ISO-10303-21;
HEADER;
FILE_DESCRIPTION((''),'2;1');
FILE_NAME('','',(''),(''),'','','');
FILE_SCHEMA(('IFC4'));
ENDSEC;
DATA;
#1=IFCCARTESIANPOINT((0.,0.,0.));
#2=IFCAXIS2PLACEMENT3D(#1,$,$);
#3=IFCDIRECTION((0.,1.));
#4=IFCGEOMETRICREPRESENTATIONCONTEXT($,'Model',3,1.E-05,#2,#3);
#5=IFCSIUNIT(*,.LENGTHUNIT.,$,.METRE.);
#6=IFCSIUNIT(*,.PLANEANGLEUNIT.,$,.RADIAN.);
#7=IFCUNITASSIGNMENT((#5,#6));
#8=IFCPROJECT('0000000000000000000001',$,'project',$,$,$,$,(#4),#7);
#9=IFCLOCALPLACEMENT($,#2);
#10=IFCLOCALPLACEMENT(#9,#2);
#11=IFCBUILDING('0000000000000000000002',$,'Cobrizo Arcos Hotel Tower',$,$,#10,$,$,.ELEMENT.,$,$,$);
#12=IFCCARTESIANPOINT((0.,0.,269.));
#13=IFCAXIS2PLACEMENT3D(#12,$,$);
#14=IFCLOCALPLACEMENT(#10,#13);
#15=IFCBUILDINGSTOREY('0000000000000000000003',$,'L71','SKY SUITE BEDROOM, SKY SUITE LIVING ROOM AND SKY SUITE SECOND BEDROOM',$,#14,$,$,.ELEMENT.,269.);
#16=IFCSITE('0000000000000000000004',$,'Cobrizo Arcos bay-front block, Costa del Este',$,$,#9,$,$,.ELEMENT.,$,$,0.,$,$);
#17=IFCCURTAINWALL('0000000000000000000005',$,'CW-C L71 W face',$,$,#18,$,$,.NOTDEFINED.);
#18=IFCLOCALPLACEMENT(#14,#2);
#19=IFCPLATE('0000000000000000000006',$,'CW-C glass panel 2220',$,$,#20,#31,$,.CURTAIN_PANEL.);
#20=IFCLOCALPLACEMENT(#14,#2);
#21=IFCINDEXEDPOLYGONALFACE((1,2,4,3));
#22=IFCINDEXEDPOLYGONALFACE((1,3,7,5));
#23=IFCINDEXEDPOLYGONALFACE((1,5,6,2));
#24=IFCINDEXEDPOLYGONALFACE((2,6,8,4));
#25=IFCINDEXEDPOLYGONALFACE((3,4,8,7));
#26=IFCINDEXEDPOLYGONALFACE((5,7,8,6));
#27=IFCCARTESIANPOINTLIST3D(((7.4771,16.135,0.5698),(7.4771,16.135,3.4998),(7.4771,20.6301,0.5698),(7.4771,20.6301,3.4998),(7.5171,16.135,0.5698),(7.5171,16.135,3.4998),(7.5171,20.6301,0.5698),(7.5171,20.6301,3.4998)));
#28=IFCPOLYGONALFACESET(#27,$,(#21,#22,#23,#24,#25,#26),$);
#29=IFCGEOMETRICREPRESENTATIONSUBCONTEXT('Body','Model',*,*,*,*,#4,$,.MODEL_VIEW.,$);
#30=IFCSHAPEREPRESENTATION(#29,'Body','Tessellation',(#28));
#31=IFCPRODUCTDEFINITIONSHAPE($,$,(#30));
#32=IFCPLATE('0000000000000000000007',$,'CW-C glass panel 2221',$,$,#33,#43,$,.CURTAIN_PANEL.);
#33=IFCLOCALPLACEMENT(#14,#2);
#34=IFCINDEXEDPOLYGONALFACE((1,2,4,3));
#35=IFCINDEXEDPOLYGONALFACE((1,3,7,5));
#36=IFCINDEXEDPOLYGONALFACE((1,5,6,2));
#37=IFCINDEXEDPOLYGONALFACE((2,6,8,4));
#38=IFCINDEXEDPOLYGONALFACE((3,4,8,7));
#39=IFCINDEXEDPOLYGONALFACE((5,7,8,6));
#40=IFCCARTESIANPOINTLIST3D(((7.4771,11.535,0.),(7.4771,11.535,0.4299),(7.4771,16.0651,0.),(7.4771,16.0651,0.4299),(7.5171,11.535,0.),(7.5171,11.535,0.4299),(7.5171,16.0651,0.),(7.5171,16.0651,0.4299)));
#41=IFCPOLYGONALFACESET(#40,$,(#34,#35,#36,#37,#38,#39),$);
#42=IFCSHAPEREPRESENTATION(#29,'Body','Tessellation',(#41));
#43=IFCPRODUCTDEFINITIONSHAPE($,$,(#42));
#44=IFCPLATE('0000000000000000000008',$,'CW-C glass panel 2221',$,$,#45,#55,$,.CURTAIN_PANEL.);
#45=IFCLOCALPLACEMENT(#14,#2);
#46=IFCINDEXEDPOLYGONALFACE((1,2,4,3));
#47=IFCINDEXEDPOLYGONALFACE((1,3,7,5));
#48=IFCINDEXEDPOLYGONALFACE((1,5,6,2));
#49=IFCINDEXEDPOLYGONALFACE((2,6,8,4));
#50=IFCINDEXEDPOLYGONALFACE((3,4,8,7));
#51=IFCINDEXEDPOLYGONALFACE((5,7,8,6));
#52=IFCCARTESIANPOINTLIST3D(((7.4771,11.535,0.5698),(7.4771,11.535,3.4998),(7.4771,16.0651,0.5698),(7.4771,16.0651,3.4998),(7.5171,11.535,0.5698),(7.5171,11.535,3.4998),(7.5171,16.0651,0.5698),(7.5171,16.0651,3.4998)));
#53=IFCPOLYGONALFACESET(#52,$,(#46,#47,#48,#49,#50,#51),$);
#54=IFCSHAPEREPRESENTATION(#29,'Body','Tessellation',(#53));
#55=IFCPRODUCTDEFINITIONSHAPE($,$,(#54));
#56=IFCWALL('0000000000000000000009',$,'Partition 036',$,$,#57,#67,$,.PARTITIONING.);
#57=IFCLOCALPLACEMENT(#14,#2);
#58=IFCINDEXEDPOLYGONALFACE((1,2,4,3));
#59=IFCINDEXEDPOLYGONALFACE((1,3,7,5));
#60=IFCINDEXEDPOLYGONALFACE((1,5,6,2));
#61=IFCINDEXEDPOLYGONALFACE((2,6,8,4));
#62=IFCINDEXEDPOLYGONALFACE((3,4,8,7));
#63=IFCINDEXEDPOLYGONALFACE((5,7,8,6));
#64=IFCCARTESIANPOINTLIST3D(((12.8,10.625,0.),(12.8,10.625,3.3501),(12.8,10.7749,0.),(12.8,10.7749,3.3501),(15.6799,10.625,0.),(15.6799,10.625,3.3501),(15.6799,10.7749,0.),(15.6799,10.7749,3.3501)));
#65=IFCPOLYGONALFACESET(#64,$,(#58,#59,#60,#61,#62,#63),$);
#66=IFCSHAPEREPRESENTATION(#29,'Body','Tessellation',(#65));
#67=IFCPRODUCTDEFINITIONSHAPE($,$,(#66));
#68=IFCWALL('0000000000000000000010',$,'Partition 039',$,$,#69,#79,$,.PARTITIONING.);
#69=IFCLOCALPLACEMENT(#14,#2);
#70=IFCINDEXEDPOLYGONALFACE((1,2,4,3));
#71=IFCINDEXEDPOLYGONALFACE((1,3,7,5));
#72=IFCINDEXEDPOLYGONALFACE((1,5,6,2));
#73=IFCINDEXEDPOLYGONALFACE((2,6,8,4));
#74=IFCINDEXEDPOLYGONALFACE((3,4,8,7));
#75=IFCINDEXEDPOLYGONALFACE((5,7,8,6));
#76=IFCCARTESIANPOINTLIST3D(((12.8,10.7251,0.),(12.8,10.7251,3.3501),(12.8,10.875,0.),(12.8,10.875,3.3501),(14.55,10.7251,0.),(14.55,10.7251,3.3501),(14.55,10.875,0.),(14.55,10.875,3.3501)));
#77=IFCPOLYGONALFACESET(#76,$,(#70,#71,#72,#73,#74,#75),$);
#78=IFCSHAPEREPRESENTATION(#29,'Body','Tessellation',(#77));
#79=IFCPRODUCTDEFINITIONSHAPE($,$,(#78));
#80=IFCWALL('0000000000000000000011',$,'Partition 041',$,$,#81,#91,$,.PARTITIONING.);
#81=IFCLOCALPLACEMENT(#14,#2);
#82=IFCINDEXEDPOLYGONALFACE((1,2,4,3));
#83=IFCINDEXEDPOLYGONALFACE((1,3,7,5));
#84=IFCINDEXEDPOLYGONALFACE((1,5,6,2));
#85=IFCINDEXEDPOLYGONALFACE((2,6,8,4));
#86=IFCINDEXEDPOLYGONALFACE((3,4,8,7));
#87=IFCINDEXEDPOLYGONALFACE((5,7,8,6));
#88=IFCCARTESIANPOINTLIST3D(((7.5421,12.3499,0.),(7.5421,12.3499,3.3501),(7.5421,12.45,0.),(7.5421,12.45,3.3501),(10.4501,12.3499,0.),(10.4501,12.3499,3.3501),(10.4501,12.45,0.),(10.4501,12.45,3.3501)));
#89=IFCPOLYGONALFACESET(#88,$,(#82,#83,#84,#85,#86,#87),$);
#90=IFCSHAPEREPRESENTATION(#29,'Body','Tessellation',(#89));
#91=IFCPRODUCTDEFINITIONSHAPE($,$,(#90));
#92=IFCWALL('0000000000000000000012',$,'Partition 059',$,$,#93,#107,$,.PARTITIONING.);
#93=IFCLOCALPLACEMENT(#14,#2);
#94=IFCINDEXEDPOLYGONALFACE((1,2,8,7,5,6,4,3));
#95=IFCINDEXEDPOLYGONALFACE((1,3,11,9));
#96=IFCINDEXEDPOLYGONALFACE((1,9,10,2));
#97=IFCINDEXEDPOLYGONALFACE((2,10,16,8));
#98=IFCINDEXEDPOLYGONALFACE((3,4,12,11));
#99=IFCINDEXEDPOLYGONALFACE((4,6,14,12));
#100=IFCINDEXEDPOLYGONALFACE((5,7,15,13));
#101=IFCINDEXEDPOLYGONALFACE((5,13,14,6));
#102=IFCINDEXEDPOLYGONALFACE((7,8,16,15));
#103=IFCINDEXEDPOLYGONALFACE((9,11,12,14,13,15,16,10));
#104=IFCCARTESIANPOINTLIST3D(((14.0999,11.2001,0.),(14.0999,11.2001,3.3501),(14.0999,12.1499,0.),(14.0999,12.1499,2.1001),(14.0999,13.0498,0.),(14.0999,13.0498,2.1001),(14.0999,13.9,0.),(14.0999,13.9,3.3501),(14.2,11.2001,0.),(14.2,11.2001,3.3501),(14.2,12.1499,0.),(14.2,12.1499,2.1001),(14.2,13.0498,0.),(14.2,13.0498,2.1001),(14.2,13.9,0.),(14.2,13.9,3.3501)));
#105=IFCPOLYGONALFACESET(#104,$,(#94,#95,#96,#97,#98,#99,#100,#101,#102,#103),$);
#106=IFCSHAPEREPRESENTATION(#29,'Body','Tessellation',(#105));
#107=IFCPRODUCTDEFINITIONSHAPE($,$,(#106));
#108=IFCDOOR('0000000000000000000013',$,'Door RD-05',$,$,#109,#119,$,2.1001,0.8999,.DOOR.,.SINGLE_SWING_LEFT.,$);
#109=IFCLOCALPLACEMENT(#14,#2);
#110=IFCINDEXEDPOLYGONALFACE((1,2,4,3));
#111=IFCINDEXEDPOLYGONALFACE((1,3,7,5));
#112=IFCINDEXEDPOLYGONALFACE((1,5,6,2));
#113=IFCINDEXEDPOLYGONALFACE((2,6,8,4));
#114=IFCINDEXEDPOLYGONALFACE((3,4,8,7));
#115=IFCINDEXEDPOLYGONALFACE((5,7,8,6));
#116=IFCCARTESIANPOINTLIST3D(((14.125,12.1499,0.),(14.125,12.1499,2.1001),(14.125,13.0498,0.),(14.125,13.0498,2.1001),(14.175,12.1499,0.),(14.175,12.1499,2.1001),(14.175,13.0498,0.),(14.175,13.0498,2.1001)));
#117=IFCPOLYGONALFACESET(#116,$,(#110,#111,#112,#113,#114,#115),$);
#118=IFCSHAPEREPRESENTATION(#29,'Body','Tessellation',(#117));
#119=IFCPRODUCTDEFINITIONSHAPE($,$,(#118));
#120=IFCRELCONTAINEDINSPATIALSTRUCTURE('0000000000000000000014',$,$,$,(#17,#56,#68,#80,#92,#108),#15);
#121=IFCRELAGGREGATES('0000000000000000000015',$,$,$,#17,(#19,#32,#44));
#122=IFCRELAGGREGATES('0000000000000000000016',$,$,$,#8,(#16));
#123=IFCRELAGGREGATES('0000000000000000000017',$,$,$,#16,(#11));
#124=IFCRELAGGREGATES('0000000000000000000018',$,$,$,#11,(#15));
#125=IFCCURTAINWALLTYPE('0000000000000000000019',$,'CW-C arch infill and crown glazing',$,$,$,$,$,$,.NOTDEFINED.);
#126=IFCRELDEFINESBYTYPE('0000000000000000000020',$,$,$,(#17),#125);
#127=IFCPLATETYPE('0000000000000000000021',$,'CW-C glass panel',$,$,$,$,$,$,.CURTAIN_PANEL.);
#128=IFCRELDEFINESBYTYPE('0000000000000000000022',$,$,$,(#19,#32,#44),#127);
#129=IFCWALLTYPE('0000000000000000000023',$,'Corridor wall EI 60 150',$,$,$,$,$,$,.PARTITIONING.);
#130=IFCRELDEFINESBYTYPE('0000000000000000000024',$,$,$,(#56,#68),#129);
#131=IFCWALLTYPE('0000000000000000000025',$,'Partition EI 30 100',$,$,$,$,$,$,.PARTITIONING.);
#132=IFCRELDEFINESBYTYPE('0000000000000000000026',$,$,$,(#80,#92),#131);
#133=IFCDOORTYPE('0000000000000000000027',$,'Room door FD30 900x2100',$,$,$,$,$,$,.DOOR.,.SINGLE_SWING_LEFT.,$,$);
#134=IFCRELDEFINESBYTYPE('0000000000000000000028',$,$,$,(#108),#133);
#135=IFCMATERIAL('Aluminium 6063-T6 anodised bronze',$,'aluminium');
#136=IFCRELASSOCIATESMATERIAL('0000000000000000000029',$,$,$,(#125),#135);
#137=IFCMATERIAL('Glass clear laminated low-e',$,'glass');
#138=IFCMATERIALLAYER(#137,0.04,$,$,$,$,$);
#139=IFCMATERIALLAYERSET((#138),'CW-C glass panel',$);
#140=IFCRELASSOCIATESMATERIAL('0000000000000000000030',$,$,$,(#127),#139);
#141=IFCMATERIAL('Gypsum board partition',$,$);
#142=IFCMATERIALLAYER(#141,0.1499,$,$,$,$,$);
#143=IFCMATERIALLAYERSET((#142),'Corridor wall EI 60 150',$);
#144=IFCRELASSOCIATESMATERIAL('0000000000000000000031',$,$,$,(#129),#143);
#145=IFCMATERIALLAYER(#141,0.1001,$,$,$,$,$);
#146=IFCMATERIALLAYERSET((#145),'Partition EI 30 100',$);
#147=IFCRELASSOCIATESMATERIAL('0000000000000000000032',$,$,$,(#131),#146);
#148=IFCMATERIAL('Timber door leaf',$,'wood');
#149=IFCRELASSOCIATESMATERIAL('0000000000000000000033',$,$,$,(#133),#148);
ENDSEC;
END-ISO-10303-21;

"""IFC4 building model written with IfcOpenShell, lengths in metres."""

from ifc_helpers import new_model, si_unit, direction, frame, frame_2d, origin, origin_2d, place, context, subcontext, project, spatial, rectangle, extrude, material, layer, layer_set, type_object, element, fill, aggregate, save


model = new_model("IFC4")

# Units and contexts
model_context = context("Model", 3, precision=1e-05, world=origin(), true_north=direction((0.0, 1.0)))
body_context = subcontext(model_context, "Body", "Model", "MODEL_VIEW")
ifc_project = project(units=[si_unit("LENGTHUNIT", "METRE"), si_unit("PLANEANGLEUNIT", "RADIAN")], contexts=[model_context])

# Site, building, storey
site_placement = place(None, origin())
site = spatial("IfcSite", under=ifc_project, at=site_placement, Name="Cobrizo Arcos bay-front block, Costa del Este", CompositionType="ELEMENT", RefElevation=0.0)
building_placement = place(site_placement, origin())
building = spatial("IfcBuilding", under=site, at=building_placement, Name="Cobrizo Arcos Hotel Tower", CompositionType="ELEMENT")
storey_placement = place(building_placement, frame((0.0, 0.0, 269.0)))
storey = spatial("IfcBuildingStorey", under=building, at=storey_placement, Name="L71", Description="SKY SUITE BEDROOM, SKY SUITE LIVING ROOM AND SKY SUITE SECOND BEDROOM", CompositionType="ELEMENT", Elevation=269.0)

# Curtain wall
ifc_material_1 = material(Name="Aluminium 6063-T6 anodised bronze", Category="aluminium")
curtain_wall_type_1 = type_object("IfcCurtainWallType", Name="CW-C arch infill and crown glazing", PredefinedType="NOTDEFINED", material=ifc_material_1)
curtain_wall_1_placement = place(storey_placement, origin())
curtain_wall_1 = element("IfcCurtainWall", 1, at=curtain_wall_1_placement, inside=storey, type_object=curtain_wall_type_1, Name="CW-C L71 W face", PredefinedType="NOTDEFINED")

# Plates
ifc_material_2 = material(Name="Glass clear laminated low-e", Category="glass")
ifc_layer_1 = layer(ifc_material_2, 0.04)
ifc_layer_set_1 = layer_set([ifc_layer_1], Name="CW-C glass panel")
plate_type_1 = type_object("IfcPlateType", Name="CW-C glass panel", PredefinedType="CURTAIN_PANEL", material=ifc_layer_set_1)
plate_1_placement = place(storey_placement, frame((7.4971, 18.3826, 0.5698), z_axis=(0.0, 0.0, 1.0), x_axis=(0.0, -1.0, 0.0)))
plate_1 = element("IfcPlate", 2, at=plate_1_placement, type_object=plate_type_1, Name="CW-C glass panel 2220", PredefinedType="CURTAIN_PANEL", context=body_context, shape_type="SweptSolid", body=[
    extrude(rectangle(XDim=4.4951, YDim=0.04, at=origin_2d()), origin(), (0.0, 0.0, 1.0), 2.9299),
])
plate_2_placement = place(storey_placement, frame((7.4971, 13.8, 0.0), z_axis=(0.0, 0.0, 1.0), x_axis=(0.0, -1.0, 0.0)))
plate_2 = element("IfcPlate", 3, at=plate_2_placement, type_object=plate_type_1, Name="CW-C glass panel 2221", PredefinedType="CURTAIN_PANEL", context=body_context, shape_type="SweptSolid", body=[
    extrude(rectangle(XDim=4.53, YDim=0.04, at=origin_2d()), origin(), (0.0, 0.0, 1.0), 0.4299),
])
plate_3_placement = place(storey_placement, frame((7.4971, 13.8, 0.5698), z_axis=(0.0, 0.0, 1.0), x_axis=(0.0, -1.0, 0.0)))
plate_3 = element("IfcPlate", 4, at=plate_3_placement, type_object=plate_type_1, Name="CW-C glass panel 2221", PredefinedType="CURTAIN_PANEL", context=body_context, shape_type="SweptSolid", body=[
    extrude(rectangle(XDim=4.53, YDim=0.04, at=origin_2d()), origin(), (0.0, 0.0, 1.0), 2.9299),
])
aggregate(curtain_wall_1, [plate_1, plate_2, plate_3])

# Walls
ifc_material_3 = material(Name="Gypsum board partition")
ifc_layer_2 = layer(ifc_material_3, 0.1499)
ifc_layer_set_2 = layer_set([ifc_layer_2], Name="Corridor wall EI 60 150")
wall_type_1 = type_object("IfcWallType", Name="Corridor wall EI 60 150", PredefinedType="PARTITIONING", material=ifc_layer_set_2)
wall_1_placement = place(storey_placement, frame((12.8, 10.7, 0.0), z_axis=(0.0, 0.0, 1.0), x_axis=(1.0, 0.0, 0.0)))
element("IfcWall", 5, at=wall_1_placement, inside=storey, type_object=wall_type_1, Name="Partition 036", PredefinedType="PARTITIONING", context=body_context, shape_type="SweptSolid", body=[
    extrude(rectangle(XDim=2.8799, YDim=0.1499, at=frame_2d((1.4399, 0.0))), origin(), (0.0, 0.0, 1.0), 3.3501),
])
wall_2_placement = place(storey_placement, frame((12.8, 10.8, 0.0), z_axis=(0.0, 0.0, 1.0), x_axis=(1.0, 0.0, 0.0)))
element("IfcWall", 6, at=wall_2_placement, inside=storey, type_object=wall_type_1, Name="Partition 039", PredefinedType="PARTITIONING", context=body_context, shape_type="SweptSolid", body=[
    extrude(rectangle(XDim=1.75, YDim=0.1499, at=frame_2d((0.875, 0.0))), origin(), (0.0, 0.0, 1.0), 3.3501),
])
ifc_layer_3 = layer(ifc_material_3, 0.1001)
ifc_layer_set_3 = layer_set([ifc_layer_3], Name="Partition EI 30 100")
wall_type_2 = type_object("IfcWallType", Name="Partition EI 30 100", PredefinedType="PARTITIONING", material=ifc_layer_set_3)
wall_3_placement = place(storey_placement, frame((7.542, 12.3999, 0.0), z_axis=(0.0, 0.0, 1.0), x_axis=(1.0, 0.0, 0.0)))
element("IfcWall", 7, at=wall_3_placement, inside=storey, type_object=wall_type_2, Name="Partition 041", PredefinedType="PARTITIONING", context=body_context, shape_type="SweptSolid", body=[
    extrude(rectangle(XDim=2.908, YDim=0.1001, at=frame_2d((1.4541, 0.0))), origin(), (0.0, 0.0, 1.0), 3.3501),
])

# Wall, opening, door
wall_4_placement = place(storey_placement, frame((14.1499, 11.2, 0.0), z_axis=(0.0, 0.0, 1.0), x_axis=(0.0, 1.0, 0.0)))
wall_4 = element("IfcWall", 8, at=wall_4_placement, inside=storey, type_object=wall_type_2, Name="Partition 059", PredefinedType="PARTITIONING", context=body_context, shape_type="SweptSolid", body=[
    extrude(rectangle(XDim=2.7, YDim=0.1001, at=frame_2d((1.3501, 0.0))), origin(), (0.0, 0.0, 1.0), 3.3501),
])
opening_placement = place(wall_4_placement, frame((0.95, 0.0, 0.0)))
opening = element("IfcOpeningElement", 9, at=opening_placement, cuts=wall_4, PredefinedType="OPENING", context=body_context, shape_type="SweptSolid", body=[
    extrude(rectangle(XDim=0.8999, YDim=2.1001, at=frame_2d((0.45, 1.05))), frame((0.0, 0.062, 0.0), z_axis=(0.0, -1.0, 0.0), x_axis=(1.0, 0.0, 0.0)), (0.0, 0.0, 1.0), 0.124),
])
ifc_material_4 = material(Name="Timber door leaf", Category="wood")
door_type = type_object("IfcDoorType", Name="Room door FD30 900x2100", OperationType="SINGLE_SWING_LEFT", PredefinedType="DOOR", material=ifc_material_4)
door_placement = place(opening_placement, origin())
door = element("IfcDoor", 10, at=door_placement, inside=storey, type_object=door_type, Name="Door RD-05", OperationType="SINGLE_SWING_LEFT", OverallHeight=2.1001, OverallWidth=0.8999, PredefinedType="DOOR", context=body_context, shape_type="SweptSolid", body=[
    extrude(rectangle(XDim=0.8999, YDim=2.1001, at=frame_2d((0.45, 1.05))), frame((0.0, 0.0249, 0.0), z_axis=(0.0, -1.0, 0.0), x_axis=(1.0, 0.0, 0.0)), (0.0, 0.0, 1.0), 0.05),
])
fill(opening, door)

save(model, "model.ifc")
